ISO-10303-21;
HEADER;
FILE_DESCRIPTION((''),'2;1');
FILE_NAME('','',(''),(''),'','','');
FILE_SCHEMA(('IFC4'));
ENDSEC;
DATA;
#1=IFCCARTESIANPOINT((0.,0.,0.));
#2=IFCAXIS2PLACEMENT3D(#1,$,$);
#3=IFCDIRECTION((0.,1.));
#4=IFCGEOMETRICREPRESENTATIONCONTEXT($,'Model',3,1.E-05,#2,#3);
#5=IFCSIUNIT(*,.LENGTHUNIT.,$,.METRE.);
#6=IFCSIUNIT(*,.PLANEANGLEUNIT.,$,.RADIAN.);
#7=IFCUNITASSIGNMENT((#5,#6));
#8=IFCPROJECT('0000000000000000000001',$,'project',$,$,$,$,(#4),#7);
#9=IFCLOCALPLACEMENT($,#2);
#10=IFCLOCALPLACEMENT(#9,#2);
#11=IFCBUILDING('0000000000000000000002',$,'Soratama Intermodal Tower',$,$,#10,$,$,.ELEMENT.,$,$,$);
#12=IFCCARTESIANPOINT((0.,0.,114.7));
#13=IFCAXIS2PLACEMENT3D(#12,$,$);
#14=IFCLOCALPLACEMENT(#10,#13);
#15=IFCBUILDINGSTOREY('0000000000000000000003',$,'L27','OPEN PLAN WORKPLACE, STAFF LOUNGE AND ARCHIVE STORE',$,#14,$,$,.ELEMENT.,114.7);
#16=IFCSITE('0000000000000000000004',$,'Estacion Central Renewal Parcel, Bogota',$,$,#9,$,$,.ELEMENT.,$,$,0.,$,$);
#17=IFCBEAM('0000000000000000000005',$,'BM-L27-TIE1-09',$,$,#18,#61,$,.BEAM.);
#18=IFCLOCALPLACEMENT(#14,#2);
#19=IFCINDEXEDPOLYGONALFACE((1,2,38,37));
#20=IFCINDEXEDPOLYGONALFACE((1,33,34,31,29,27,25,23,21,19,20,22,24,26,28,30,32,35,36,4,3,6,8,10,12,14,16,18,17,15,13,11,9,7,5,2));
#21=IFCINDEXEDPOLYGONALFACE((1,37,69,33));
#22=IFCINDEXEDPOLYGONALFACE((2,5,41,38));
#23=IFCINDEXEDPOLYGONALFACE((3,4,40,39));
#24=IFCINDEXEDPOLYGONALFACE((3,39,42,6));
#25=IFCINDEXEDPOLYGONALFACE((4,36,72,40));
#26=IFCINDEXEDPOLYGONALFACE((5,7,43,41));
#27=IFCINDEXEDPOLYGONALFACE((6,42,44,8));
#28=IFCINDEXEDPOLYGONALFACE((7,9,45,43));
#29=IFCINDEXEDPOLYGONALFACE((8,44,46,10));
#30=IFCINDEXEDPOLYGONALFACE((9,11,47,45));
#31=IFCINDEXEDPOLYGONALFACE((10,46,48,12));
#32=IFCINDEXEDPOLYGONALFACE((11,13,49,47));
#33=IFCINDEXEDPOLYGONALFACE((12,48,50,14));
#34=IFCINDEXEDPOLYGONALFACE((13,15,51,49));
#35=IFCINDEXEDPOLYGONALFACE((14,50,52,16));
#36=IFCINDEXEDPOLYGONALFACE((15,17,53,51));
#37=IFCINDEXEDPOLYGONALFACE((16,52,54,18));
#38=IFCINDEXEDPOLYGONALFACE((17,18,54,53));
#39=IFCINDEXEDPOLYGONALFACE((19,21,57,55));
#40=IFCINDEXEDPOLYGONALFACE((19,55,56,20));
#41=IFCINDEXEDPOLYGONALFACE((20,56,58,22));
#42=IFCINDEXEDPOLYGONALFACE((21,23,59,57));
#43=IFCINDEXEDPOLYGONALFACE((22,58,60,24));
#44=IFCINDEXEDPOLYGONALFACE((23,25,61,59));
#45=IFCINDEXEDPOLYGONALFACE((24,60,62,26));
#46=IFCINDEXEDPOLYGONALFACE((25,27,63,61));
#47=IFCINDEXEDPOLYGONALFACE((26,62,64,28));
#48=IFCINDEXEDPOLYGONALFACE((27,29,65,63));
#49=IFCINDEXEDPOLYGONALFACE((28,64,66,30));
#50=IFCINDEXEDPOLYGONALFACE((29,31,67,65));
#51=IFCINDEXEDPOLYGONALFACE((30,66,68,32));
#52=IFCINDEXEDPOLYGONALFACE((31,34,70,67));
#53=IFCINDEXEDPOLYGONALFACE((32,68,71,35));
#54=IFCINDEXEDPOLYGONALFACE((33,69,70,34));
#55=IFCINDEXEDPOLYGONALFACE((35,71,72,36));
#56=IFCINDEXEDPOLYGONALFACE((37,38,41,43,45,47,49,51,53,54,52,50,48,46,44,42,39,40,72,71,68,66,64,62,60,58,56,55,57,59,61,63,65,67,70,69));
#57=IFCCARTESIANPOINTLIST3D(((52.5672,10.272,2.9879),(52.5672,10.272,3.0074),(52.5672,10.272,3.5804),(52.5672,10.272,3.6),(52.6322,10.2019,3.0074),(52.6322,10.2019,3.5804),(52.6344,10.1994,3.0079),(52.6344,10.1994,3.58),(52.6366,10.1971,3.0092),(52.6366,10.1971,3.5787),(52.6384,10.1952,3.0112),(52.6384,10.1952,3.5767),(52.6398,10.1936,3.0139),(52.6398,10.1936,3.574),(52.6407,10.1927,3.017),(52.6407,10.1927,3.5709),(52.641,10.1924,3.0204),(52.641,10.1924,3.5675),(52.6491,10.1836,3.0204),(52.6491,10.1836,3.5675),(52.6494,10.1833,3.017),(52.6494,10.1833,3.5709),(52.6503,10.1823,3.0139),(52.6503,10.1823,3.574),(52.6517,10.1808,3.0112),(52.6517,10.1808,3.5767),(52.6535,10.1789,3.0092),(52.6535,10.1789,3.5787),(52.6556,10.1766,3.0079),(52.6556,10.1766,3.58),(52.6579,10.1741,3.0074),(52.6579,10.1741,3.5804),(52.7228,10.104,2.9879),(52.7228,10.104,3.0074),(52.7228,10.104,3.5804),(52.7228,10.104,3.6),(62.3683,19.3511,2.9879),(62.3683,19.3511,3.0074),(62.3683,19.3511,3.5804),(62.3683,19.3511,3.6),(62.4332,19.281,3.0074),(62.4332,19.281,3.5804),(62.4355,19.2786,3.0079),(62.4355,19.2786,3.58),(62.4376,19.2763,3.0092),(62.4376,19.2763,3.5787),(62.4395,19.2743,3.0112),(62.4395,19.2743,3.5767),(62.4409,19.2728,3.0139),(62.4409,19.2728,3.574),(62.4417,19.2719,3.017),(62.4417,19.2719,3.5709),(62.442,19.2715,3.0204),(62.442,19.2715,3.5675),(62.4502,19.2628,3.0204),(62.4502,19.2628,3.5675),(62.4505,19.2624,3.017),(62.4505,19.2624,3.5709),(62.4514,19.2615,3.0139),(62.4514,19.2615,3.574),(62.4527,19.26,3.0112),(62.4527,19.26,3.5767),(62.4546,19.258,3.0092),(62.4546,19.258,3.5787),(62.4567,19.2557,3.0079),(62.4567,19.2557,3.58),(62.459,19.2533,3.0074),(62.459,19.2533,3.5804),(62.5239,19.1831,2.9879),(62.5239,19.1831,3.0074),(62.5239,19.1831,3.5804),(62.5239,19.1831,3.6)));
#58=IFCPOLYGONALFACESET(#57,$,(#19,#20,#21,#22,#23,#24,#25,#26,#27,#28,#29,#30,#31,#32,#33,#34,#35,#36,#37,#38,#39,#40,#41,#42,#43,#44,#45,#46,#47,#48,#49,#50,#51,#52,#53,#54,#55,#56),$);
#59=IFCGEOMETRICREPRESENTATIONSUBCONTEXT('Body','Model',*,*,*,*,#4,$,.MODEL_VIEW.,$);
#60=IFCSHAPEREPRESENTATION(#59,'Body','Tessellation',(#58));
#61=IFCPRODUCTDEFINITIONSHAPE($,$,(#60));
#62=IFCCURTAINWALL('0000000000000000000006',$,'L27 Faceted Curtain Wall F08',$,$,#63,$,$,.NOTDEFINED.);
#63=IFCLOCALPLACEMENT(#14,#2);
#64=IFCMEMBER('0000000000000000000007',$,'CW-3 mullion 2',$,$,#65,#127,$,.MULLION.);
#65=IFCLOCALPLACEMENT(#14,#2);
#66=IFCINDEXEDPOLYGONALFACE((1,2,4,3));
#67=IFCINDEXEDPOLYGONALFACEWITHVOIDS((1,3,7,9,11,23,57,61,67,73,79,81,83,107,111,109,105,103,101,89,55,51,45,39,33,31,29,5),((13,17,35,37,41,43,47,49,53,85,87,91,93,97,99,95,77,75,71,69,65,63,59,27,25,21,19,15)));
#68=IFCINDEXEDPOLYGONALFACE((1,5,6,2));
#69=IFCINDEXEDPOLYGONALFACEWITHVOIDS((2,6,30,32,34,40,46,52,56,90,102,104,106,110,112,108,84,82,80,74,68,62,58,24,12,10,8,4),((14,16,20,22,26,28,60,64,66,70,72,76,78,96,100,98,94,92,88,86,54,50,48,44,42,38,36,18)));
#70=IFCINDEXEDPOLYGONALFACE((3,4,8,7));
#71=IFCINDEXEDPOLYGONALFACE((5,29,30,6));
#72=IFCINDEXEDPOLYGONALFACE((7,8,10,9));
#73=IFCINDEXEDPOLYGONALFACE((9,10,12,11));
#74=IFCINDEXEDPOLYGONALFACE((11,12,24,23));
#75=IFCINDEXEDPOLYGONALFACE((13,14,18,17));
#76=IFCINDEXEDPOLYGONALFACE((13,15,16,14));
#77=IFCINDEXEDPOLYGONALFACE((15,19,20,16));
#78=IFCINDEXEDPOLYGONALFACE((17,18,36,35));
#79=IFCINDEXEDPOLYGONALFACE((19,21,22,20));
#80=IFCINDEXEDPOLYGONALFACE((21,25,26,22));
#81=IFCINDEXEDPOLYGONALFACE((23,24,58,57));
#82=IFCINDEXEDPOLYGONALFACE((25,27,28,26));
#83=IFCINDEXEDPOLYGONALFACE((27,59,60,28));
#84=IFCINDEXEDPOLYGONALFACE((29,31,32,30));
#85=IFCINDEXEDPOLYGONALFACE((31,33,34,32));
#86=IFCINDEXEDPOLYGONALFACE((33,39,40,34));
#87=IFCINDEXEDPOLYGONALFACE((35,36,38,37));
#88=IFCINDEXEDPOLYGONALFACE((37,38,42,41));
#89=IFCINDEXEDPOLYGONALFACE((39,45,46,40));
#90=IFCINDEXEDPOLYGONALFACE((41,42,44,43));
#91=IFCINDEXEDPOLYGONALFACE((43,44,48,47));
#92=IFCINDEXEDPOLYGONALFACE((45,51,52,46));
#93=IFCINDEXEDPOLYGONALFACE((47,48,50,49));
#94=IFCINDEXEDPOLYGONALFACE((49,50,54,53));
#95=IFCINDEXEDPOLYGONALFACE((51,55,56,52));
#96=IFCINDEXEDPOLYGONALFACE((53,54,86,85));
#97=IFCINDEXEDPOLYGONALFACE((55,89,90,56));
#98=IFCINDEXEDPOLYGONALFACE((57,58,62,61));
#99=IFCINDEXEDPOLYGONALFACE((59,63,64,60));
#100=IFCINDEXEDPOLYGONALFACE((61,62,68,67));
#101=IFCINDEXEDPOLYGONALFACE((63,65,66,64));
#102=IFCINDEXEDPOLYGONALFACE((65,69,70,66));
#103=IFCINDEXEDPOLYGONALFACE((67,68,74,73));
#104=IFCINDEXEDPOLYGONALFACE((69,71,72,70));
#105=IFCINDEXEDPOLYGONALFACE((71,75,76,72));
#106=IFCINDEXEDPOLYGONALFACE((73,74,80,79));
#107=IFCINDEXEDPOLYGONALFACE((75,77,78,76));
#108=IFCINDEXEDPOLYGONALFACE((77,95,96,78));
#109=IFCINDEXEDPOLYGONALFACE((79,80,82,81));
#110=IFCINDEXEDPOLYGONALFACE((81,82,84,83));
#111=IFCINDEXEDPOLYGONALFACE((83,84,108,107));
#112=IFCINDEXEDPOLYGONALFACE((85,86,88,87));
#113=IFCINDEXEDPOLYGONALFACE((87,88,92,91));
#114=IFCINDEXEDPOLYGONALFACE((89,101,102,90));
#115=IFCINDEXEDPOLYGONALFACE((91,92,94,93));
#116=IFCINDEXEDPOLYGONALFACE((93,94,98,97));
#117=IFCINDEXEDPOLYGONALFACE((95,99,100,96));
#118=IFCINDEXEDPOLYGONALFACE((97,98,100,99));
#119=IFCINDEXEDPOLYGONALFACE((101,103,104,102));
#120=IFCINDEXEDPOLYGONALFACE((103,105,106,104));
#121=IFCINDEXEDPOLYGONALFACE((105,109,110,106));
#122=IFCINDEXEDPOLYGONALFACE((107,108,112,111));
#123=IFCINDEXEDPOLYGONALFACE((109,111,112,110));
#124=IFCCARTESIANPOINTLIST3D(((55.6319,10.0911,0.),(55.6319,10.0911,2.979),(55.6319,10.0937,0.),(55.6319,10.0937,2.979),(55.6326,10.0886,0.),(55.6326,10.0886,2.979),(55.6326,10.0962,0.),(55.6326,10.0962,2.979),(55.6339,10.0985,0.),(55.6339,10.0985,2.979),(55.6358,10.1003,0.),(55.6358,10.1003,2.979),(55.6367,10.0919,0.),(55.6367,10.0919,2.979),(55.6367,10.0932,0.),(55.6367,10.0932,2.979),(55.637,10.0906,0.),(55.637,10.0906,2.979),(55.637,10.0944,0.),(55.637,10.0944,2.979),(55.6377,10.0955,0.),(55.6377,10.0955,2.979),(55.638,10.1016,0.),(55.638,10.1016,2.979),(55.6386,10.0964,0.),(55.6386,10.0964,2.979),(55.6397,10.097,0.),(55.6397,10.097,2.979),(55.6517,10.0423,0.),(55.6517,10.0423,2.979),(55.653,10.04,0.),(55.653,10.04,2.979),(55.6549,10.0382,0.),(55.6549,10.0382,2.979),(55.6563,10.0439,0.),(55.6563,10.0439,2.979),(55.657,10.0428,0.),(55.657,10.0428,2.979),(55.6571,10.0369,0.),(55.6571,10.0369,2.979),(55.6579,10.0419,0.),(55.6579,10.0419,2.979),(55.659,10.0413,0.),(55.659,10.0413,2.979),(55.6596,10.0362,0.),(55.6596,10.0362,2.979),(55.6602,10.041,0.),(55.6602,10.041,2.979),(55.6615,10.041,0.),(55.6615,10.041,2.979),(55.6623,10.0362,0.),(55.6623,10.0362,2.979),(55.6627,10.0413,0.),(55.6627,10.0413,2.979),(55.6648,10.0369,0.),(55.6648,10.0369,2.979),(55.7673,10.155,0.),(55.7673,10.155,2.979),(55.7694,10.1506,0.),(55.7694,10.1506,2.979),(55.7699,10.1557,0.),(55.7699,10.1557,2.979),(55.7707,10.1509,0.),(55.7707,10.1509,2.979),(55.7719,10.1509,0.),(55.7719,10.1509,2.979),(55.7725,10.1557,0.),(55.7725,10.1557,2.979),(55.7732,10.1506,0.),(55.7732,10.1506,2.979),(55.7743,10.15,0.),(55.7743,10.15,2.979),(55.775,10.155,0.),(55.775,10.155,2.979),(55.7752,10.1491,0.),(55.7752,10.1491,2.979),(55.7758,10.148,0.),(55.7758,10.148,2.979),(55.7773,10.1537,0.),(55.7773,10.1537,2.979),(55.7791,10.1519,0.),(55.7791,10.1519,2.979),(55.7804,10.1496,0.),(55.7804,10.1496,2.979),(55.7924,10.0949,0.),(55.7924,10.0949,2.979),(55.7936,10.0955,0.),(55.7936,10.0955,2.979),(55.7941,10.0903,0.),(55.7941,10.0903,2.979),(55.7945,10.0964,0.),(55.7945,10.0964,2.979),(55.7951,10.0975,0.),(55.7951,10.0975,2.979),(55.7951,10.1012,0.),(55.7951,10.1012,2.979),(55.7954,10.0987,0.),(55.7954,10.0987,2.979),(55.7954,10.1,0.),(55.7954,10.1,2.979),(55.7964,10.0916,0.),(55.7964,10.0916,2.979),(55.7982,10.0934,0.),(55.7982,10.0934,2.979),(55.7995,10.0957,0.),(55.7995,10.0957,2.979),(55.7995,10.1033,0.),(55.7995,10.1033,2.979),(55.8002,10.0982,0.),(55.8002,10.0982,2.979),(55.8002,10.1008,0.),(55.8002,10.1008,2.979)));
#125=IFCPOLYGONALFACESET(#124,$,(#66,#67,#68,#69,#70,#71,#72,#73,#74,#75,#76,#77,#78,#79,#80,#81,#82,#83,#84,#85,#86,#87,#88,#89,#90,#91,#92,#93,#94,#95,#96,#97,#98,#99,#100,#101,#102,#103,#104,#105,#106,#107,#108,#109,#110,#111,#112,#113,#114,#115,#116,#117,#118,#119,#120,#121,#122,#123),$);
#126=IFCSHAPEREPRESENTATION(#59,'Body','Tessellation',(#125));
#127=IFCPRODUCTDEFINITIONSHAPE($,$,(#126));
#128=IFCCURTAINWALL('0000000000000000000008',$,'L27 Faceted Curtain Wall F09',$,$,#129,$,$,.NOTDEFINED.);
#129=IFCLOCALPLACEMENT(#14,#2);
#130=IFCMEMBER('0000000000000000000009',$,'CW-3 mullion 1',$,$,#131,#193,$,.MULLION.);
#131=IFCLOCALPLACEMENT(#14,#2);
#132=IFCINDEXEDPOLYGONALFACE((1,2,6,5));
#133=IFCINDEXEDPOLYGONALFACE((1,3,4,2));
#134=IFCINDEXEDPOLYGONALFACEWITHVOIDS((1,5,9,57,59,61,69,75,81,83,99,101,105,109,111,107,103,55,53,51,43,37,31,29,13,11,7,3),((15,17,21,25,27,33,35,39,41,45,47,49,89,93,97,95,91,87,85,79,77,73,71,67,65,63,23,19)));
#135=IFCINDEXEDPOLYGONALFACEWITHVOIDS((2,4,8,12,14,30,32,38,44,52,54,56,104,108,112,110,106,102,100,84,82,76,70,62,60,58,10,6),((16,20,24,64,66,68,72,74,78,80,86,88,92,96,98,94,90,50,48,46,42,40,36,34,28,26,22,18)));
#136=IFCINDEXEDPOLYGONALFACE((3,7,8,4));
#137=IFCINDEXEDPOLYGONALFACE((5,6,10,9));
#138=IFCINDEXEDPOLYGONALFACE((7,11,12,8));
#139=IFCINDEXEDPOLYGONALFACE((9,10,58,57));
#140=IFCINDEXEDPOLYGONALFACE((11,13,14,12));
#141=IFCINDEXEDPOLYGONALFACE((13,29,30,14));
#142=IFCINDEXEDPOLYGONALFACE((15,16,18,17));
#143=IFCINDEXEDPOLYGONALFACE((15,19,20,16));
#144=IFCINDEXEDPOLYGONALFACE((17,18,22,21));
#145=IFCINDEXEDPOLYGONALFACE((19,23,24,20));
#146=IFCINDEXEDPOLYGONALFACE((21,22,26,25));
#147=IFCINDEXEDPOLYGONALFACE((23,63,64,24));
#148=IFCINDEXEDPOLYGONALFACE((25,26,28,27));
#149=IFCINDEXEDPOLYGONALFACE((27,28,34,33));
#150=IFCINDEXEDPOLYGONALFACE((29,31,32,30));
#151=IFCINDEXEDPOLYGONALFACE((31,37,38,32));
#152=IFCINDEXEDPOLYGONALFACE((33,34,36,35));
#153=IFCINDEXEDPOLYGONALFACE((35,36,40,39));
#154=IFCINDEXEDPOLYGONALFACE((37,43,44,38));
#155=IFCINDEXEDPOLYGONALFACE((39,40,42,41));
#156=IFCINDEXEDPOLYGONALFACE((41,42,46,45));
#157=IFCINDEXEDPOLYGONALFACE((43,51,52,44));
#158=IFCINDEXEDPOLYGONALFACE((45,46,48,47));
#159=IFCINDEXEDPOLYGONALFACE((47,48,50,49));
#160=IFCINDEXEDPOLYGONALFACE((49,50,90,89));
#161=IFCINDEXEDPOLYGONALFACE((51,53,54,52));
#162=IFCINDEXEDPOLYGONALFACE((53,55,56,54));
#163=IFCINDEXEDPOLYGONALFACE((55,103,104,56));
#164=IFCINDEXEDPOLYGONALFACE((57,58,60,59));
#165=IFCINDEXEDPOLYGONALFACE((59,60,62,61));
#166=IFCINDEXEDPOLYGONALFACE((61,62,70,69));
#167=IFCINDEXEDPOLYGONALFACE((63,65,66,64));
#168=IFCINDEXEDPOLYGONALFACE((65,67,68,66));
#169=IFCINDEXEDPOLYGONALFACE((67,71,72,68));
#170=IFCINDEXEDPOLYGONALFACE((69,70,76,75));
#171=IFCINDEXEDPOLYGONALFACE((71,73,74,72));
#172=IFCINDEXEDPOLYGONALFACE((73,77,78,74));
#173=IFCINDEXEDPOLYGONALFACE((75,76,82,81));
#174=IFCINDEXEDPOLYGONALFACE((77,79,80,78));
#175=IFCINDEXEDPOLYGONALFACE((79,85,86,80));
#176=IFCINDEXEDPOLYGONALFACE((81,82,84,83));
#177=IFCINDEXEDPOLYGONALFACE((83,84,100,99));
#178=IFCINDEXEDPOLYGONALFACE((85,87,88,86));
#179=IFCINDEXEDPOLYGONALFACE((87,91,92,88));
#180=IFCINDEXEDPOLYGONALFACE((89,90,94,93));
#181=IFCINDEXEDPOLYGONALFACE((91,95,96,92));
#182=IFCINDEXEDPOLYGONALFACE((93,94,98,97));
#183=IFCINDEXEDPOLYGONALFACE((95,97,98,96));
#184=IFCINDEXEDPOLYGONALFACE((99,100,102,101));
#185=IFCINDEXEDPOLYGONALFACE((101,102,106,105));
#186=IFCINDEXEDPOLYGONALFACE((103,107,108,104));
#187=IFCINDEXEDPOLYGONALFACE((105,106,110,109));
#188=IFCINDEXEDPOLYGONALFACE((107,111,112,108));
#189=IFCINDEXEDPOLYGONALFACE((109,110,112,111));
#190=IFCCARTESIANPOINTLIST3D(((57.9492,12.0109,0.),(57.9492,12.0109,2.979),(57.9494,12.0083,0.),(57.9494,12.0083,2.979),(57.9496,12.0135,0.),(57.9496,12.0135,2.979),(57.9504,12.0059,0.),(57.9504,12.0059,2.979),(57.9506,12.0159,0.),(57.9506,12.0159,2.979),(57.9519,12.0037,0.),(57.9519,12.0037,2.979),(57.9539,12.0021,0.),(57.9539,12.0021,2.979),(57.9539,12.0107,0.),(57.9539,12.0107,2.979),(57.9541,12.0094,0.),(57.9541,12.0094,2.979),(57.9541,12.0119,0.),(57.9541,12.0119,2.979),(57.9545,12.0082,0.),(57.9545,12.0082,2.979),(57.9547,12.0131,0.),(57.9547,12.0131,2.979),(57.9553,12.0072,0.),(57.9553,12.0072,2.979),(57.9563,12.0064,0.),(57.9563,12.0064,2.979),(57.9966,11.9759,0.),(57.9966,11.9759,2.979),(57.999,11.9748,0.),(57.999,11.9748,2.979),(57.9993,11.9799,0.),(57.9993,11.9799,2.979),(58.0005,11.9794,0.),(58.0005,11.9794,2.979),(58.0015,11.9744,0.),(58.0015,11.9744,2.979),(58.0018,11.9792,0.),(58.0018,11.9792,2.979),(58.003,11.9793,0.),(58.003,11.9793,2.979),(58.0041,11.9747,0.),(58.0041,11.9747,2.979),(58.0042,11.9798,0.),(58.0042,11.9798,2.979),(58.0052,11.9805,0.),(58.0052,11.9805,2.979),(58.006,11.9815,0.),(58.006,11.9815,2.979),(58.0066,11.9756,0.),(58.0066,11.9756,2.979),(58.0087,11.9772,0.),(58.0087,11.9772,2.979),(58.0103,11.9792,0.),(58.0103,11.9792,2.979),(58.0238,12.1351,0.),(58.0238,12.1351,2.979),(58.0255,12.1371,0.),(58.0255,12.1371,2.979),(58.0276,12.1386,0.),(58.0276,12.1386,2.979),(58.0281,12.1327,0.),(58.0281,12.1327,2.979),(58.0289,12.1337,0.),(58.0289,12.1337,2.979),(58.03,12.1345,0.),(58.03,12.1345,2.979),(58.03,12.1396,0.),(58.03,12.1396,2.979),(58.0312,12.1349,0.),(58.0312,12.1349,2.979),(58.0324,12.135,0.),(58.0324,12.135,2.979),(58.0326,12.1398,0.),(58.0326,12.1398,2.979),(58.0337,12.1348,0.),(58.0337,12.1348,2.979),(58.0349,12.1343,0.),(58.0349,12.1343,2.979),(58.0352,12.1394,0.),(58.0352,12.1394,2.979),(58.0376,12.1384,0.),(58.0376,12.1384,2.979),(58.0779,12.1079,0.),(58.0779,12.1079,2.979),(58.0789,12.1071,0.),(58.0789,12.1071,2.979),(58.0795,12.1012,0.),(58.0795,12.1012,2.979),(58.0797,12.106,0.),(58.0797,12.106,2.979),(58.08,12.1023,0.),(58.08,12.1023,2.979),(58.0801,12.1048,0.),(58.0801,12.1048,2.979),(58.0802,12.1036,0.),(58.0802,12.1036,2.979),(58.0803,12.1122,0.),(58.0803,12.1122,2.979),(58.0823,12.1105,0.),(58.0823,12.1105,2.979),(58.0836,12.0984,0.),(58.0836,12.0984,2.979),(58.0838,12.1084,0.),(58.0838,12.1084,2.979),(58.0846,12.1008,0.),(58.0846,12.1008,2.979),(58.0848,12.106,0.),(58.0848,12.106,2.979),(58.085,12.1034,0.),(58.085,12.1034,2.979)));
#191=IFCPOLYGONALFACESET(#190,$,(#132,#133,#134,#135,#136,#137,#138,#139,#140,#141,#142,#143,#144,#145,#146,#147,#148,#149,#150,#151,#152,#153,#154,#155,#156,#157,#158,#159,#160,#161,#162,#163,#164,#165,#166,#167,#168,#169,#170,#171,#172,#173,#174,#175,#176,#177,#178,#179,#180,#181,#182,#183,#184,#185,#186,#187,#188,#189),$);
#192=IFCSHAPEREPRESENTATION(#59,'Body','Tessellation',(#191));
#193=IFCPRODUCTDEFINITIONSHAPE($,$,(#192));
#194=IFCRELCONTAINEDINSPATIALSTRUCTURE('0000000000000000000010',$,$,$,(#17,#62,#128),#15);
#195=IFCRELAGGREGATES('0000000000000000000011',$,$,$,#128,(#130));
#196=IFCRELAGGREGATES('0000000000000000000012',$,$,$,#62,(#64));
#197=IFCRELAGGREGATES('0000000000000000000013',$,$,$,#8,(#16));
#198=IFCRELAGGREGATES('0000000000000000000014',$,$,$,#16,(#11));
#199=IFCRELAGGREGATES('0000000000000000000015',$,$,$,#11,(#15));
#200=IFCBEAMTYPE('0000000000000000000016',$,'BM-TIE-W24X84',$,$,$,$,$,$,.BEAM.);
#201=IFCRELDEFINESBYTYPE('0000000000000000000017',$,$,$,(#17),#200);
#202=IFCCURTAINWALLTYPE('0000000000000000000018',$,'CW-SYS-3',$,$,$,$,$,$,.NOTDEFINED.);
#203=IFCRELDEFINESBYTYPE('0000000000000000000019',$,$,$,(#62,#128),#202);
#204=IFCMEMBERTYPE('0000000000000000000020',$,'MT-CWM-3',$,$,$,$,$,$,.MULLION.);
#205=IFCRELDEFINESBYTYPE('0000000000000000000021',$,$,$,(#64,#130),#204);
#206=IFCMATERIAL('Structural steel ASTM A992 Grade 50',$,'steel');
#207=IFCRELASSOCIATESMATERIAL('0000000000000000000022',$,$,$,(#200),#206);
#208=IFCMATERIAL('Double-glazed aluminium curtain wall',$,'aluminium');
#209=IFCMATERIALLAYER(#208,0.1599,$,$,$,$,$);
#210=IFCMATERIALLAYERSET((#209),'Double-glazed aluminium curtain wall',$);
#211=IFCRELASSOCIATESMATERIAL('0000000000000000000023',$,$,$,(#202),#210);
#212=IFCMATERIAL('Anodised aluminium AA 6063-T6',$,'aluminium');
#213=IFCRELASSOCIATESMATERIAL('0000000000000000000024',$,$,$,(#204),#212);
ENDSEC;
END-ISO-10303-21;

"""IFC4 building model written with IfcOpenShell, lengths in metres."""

from ifc_helpers import new_model, si_unit, direction, frame, origin, origin_2d, place, context, subcontext, project, spatial, hollow_rectangle, i_section, extrude, material, layer, layer_set, material_profile, profile_set, type_object, element, aggregate, save


model = new_model("IFC4")

# Units and contexts
model_context = context("Model", 3, precision=1e-05, world=origin(), true_north=direction((0.0, 1.0)))
body_context = subcontext(model_context, "Body", "Model", "MODEL_VIEW")
ifc_project = project(units=[si_unit("LENGTHUNIT", "METRE"), si_unit("PLANEANGLEUNIT", "RADIAN")], contexts=[model_context])

# Site, building, storey
site_placement = place(None, origin())
site = spatial("IfcSite", under=ifc_project, at=site_placement, Name="Estacion Central Renewal Parcel, Bogota", CompositionType="ELEMENT", RefElevation=0.0)
building_placement = place(site_placement, origin())
building = spatial("IfcBuilding", under=site, at=building_placement, Name="Soratama Intermodal Tower", CompositionType="ELEMENT")
storey_placement = place(building_placement, frame((0.0, 0.0, 114.7)))
storey = spatial("IfcBuildingStorey", under=building, at=storey_placement, Name="L27", Description="OPEN PLAN WORKPLACE, STAFF LOUNGE AND ARCHIVE STORE", CompositionType="ELEMENT", Elevation=114.7)

# Beam
ifc_material_1 = material(Name="Structural steel ASTM A992 Grade 50", Category="steel")
ifc_material_profile_1 = material_profile(ifc_material_1, i_section(OverallWidth=0.229, OverallDepth=0.6121, WebThickness=0.012, FlangeThickness=0.0195, FilletRadius=0.0129, at=origin_2d()), Name="W24X84")
ifc_profile_set_1 = profile_set([ifc_material_profile_1], Name="Structural steel ASTM A992 Grade 50")
beam_type_1 = type_object("IfcBeamType", Name="BM-TIE-W24X84", PredefinedType="BEAM", material=ifc_profile_set_1)
beam_1_placement = place(storey_placement, frame((52.645, 10.188, 3.2939), z_axis=(0.733608, 0.679572, 0.0), x_axis=(-0.679572, 0.733608, 0.0)))
element("IfcBeam", 1, at=beam_1_placement, inside=storey, type_object=beam_type_1, Name="BM-L27-TIE1-09", PredefinedType="BEAM", context=body_context, shape_type="SweptSolid", body=[
    extrude(i_section(OverallWidth=0.229, OverallDepth=0.6121, WebThickness=0.012, FlangeThickness=0.0195, FilletRadius=0.0129, at=origin_2d()), origin(), (0.0, 0.0, 1.0), 13.3601),
])

# Curtain wall, member
ifc_material_2 = material(Name="Double-glazed aluminium curtain wall", Category="aluminium")
ifc_layer_1 = layer(ifc_material_2, 0.1599)
ifc_layer_set_1 = layer_set([ifc_layer_1], Name="Double-glazed aluminium curtain wall")
curtain_wall_type = type_object("IfcCurtainWallType", Name="CW-SYS-3", PredefinedType="NOTDEFINED", material=ifc_layer_set_1)
curtain_wall_1_placement = place(storey_placement, origin())
curtain_wall_1 = element("IfcCurtainWall", 2, at=curtain_wall_1_placement, inside=storey, type_object=curtain_wall_type, Name="L27 Faceted Curtain Wall F08", PredefinedType="NOTDEFINED")
ifc_material_3 = material(Name="Anodised aluminium AA 6063-T6", Category="aluminium")
ifc_material_profile_2 = material_profile(ifc_material_3, hollow_rectangle(XDim=0.0701, YDim=0.1599, WallThickness=0.0049, InnerFilletRadius=0.0049, OuterFilletRadius=0.01, at=origin_2d()), Name="CWM160X70X5")
ifc_profile_set_2 = profile_set([ifc_material_profile_2], Name="Anodised aluminium AA 6063-T6")
member_type_1 = type_object("IfcMemberType", Name="MT-CWM-3", PredefinedType="MULLION", material=ifc_profile_set_2)
member_1_placement = place(storey_placement, frame((55.7161, 10.0959, 0.0), z_axis=(0.0, 0.0, 1.0), x_axis=(-0.381718, 0.924279, 0.0)))
member_1 = element("IfcMember", 3, at=member_1_placement, type_object=member_type_1, Name="CW-3 mullion 2", PredefinedType="MULLION", context=body_context, shape_type="SweptSolid", body=[
    extrude(hollow_rectangle(XDim=0.0701, YDim=0.1599, WallThickness=0.0049, InnerFilletRadius=0.0049, OuterFilletRadius=0.01, at=origin_2d()), origin(), (0.0, 0.0, 1.0), 2.979),
])

# Curtain wall, member
curtain_wall_2_placement = place(storey_placement, origin())
curtain_wall_2 = element("IfcCurtainWall", 4, at=curtain_wall_2_placement, inside=storey, type_object=curtain_wall_type, Name="L27 Faceted Curtain Wall F09", PredefinedType="NOTDEFINED")
member_2_placement = place(storey_placement, frame((58.0171, 12.0571, 0.0), z_axis=(0.0, 0.0, 1.0), x_axis=(-0.852089, 0.523396, 0.0)))
member_2 = element("IfcMember", 5, at=member_2_placement, type_object=member_type_1, Name="CW-3 mullion 1", PredefinedType="MULLION", context=body_context, shape_type="SweptSolid", body=[
    extrude(hollow_rectangle(XDim=0.0701, YDim=0.1599, WallThickness=0.0049, InnerFilletRadius=0.0049, OuterFilletRadius=0.01, at=origin_2d()), origin(), (0.0, 0.0, 1.0), 2.979),
])
aggregate(curtain_wall_2, [member_2])

aggregate(curtain_wall_1, [member_1])

save(model, "model.ifc")
